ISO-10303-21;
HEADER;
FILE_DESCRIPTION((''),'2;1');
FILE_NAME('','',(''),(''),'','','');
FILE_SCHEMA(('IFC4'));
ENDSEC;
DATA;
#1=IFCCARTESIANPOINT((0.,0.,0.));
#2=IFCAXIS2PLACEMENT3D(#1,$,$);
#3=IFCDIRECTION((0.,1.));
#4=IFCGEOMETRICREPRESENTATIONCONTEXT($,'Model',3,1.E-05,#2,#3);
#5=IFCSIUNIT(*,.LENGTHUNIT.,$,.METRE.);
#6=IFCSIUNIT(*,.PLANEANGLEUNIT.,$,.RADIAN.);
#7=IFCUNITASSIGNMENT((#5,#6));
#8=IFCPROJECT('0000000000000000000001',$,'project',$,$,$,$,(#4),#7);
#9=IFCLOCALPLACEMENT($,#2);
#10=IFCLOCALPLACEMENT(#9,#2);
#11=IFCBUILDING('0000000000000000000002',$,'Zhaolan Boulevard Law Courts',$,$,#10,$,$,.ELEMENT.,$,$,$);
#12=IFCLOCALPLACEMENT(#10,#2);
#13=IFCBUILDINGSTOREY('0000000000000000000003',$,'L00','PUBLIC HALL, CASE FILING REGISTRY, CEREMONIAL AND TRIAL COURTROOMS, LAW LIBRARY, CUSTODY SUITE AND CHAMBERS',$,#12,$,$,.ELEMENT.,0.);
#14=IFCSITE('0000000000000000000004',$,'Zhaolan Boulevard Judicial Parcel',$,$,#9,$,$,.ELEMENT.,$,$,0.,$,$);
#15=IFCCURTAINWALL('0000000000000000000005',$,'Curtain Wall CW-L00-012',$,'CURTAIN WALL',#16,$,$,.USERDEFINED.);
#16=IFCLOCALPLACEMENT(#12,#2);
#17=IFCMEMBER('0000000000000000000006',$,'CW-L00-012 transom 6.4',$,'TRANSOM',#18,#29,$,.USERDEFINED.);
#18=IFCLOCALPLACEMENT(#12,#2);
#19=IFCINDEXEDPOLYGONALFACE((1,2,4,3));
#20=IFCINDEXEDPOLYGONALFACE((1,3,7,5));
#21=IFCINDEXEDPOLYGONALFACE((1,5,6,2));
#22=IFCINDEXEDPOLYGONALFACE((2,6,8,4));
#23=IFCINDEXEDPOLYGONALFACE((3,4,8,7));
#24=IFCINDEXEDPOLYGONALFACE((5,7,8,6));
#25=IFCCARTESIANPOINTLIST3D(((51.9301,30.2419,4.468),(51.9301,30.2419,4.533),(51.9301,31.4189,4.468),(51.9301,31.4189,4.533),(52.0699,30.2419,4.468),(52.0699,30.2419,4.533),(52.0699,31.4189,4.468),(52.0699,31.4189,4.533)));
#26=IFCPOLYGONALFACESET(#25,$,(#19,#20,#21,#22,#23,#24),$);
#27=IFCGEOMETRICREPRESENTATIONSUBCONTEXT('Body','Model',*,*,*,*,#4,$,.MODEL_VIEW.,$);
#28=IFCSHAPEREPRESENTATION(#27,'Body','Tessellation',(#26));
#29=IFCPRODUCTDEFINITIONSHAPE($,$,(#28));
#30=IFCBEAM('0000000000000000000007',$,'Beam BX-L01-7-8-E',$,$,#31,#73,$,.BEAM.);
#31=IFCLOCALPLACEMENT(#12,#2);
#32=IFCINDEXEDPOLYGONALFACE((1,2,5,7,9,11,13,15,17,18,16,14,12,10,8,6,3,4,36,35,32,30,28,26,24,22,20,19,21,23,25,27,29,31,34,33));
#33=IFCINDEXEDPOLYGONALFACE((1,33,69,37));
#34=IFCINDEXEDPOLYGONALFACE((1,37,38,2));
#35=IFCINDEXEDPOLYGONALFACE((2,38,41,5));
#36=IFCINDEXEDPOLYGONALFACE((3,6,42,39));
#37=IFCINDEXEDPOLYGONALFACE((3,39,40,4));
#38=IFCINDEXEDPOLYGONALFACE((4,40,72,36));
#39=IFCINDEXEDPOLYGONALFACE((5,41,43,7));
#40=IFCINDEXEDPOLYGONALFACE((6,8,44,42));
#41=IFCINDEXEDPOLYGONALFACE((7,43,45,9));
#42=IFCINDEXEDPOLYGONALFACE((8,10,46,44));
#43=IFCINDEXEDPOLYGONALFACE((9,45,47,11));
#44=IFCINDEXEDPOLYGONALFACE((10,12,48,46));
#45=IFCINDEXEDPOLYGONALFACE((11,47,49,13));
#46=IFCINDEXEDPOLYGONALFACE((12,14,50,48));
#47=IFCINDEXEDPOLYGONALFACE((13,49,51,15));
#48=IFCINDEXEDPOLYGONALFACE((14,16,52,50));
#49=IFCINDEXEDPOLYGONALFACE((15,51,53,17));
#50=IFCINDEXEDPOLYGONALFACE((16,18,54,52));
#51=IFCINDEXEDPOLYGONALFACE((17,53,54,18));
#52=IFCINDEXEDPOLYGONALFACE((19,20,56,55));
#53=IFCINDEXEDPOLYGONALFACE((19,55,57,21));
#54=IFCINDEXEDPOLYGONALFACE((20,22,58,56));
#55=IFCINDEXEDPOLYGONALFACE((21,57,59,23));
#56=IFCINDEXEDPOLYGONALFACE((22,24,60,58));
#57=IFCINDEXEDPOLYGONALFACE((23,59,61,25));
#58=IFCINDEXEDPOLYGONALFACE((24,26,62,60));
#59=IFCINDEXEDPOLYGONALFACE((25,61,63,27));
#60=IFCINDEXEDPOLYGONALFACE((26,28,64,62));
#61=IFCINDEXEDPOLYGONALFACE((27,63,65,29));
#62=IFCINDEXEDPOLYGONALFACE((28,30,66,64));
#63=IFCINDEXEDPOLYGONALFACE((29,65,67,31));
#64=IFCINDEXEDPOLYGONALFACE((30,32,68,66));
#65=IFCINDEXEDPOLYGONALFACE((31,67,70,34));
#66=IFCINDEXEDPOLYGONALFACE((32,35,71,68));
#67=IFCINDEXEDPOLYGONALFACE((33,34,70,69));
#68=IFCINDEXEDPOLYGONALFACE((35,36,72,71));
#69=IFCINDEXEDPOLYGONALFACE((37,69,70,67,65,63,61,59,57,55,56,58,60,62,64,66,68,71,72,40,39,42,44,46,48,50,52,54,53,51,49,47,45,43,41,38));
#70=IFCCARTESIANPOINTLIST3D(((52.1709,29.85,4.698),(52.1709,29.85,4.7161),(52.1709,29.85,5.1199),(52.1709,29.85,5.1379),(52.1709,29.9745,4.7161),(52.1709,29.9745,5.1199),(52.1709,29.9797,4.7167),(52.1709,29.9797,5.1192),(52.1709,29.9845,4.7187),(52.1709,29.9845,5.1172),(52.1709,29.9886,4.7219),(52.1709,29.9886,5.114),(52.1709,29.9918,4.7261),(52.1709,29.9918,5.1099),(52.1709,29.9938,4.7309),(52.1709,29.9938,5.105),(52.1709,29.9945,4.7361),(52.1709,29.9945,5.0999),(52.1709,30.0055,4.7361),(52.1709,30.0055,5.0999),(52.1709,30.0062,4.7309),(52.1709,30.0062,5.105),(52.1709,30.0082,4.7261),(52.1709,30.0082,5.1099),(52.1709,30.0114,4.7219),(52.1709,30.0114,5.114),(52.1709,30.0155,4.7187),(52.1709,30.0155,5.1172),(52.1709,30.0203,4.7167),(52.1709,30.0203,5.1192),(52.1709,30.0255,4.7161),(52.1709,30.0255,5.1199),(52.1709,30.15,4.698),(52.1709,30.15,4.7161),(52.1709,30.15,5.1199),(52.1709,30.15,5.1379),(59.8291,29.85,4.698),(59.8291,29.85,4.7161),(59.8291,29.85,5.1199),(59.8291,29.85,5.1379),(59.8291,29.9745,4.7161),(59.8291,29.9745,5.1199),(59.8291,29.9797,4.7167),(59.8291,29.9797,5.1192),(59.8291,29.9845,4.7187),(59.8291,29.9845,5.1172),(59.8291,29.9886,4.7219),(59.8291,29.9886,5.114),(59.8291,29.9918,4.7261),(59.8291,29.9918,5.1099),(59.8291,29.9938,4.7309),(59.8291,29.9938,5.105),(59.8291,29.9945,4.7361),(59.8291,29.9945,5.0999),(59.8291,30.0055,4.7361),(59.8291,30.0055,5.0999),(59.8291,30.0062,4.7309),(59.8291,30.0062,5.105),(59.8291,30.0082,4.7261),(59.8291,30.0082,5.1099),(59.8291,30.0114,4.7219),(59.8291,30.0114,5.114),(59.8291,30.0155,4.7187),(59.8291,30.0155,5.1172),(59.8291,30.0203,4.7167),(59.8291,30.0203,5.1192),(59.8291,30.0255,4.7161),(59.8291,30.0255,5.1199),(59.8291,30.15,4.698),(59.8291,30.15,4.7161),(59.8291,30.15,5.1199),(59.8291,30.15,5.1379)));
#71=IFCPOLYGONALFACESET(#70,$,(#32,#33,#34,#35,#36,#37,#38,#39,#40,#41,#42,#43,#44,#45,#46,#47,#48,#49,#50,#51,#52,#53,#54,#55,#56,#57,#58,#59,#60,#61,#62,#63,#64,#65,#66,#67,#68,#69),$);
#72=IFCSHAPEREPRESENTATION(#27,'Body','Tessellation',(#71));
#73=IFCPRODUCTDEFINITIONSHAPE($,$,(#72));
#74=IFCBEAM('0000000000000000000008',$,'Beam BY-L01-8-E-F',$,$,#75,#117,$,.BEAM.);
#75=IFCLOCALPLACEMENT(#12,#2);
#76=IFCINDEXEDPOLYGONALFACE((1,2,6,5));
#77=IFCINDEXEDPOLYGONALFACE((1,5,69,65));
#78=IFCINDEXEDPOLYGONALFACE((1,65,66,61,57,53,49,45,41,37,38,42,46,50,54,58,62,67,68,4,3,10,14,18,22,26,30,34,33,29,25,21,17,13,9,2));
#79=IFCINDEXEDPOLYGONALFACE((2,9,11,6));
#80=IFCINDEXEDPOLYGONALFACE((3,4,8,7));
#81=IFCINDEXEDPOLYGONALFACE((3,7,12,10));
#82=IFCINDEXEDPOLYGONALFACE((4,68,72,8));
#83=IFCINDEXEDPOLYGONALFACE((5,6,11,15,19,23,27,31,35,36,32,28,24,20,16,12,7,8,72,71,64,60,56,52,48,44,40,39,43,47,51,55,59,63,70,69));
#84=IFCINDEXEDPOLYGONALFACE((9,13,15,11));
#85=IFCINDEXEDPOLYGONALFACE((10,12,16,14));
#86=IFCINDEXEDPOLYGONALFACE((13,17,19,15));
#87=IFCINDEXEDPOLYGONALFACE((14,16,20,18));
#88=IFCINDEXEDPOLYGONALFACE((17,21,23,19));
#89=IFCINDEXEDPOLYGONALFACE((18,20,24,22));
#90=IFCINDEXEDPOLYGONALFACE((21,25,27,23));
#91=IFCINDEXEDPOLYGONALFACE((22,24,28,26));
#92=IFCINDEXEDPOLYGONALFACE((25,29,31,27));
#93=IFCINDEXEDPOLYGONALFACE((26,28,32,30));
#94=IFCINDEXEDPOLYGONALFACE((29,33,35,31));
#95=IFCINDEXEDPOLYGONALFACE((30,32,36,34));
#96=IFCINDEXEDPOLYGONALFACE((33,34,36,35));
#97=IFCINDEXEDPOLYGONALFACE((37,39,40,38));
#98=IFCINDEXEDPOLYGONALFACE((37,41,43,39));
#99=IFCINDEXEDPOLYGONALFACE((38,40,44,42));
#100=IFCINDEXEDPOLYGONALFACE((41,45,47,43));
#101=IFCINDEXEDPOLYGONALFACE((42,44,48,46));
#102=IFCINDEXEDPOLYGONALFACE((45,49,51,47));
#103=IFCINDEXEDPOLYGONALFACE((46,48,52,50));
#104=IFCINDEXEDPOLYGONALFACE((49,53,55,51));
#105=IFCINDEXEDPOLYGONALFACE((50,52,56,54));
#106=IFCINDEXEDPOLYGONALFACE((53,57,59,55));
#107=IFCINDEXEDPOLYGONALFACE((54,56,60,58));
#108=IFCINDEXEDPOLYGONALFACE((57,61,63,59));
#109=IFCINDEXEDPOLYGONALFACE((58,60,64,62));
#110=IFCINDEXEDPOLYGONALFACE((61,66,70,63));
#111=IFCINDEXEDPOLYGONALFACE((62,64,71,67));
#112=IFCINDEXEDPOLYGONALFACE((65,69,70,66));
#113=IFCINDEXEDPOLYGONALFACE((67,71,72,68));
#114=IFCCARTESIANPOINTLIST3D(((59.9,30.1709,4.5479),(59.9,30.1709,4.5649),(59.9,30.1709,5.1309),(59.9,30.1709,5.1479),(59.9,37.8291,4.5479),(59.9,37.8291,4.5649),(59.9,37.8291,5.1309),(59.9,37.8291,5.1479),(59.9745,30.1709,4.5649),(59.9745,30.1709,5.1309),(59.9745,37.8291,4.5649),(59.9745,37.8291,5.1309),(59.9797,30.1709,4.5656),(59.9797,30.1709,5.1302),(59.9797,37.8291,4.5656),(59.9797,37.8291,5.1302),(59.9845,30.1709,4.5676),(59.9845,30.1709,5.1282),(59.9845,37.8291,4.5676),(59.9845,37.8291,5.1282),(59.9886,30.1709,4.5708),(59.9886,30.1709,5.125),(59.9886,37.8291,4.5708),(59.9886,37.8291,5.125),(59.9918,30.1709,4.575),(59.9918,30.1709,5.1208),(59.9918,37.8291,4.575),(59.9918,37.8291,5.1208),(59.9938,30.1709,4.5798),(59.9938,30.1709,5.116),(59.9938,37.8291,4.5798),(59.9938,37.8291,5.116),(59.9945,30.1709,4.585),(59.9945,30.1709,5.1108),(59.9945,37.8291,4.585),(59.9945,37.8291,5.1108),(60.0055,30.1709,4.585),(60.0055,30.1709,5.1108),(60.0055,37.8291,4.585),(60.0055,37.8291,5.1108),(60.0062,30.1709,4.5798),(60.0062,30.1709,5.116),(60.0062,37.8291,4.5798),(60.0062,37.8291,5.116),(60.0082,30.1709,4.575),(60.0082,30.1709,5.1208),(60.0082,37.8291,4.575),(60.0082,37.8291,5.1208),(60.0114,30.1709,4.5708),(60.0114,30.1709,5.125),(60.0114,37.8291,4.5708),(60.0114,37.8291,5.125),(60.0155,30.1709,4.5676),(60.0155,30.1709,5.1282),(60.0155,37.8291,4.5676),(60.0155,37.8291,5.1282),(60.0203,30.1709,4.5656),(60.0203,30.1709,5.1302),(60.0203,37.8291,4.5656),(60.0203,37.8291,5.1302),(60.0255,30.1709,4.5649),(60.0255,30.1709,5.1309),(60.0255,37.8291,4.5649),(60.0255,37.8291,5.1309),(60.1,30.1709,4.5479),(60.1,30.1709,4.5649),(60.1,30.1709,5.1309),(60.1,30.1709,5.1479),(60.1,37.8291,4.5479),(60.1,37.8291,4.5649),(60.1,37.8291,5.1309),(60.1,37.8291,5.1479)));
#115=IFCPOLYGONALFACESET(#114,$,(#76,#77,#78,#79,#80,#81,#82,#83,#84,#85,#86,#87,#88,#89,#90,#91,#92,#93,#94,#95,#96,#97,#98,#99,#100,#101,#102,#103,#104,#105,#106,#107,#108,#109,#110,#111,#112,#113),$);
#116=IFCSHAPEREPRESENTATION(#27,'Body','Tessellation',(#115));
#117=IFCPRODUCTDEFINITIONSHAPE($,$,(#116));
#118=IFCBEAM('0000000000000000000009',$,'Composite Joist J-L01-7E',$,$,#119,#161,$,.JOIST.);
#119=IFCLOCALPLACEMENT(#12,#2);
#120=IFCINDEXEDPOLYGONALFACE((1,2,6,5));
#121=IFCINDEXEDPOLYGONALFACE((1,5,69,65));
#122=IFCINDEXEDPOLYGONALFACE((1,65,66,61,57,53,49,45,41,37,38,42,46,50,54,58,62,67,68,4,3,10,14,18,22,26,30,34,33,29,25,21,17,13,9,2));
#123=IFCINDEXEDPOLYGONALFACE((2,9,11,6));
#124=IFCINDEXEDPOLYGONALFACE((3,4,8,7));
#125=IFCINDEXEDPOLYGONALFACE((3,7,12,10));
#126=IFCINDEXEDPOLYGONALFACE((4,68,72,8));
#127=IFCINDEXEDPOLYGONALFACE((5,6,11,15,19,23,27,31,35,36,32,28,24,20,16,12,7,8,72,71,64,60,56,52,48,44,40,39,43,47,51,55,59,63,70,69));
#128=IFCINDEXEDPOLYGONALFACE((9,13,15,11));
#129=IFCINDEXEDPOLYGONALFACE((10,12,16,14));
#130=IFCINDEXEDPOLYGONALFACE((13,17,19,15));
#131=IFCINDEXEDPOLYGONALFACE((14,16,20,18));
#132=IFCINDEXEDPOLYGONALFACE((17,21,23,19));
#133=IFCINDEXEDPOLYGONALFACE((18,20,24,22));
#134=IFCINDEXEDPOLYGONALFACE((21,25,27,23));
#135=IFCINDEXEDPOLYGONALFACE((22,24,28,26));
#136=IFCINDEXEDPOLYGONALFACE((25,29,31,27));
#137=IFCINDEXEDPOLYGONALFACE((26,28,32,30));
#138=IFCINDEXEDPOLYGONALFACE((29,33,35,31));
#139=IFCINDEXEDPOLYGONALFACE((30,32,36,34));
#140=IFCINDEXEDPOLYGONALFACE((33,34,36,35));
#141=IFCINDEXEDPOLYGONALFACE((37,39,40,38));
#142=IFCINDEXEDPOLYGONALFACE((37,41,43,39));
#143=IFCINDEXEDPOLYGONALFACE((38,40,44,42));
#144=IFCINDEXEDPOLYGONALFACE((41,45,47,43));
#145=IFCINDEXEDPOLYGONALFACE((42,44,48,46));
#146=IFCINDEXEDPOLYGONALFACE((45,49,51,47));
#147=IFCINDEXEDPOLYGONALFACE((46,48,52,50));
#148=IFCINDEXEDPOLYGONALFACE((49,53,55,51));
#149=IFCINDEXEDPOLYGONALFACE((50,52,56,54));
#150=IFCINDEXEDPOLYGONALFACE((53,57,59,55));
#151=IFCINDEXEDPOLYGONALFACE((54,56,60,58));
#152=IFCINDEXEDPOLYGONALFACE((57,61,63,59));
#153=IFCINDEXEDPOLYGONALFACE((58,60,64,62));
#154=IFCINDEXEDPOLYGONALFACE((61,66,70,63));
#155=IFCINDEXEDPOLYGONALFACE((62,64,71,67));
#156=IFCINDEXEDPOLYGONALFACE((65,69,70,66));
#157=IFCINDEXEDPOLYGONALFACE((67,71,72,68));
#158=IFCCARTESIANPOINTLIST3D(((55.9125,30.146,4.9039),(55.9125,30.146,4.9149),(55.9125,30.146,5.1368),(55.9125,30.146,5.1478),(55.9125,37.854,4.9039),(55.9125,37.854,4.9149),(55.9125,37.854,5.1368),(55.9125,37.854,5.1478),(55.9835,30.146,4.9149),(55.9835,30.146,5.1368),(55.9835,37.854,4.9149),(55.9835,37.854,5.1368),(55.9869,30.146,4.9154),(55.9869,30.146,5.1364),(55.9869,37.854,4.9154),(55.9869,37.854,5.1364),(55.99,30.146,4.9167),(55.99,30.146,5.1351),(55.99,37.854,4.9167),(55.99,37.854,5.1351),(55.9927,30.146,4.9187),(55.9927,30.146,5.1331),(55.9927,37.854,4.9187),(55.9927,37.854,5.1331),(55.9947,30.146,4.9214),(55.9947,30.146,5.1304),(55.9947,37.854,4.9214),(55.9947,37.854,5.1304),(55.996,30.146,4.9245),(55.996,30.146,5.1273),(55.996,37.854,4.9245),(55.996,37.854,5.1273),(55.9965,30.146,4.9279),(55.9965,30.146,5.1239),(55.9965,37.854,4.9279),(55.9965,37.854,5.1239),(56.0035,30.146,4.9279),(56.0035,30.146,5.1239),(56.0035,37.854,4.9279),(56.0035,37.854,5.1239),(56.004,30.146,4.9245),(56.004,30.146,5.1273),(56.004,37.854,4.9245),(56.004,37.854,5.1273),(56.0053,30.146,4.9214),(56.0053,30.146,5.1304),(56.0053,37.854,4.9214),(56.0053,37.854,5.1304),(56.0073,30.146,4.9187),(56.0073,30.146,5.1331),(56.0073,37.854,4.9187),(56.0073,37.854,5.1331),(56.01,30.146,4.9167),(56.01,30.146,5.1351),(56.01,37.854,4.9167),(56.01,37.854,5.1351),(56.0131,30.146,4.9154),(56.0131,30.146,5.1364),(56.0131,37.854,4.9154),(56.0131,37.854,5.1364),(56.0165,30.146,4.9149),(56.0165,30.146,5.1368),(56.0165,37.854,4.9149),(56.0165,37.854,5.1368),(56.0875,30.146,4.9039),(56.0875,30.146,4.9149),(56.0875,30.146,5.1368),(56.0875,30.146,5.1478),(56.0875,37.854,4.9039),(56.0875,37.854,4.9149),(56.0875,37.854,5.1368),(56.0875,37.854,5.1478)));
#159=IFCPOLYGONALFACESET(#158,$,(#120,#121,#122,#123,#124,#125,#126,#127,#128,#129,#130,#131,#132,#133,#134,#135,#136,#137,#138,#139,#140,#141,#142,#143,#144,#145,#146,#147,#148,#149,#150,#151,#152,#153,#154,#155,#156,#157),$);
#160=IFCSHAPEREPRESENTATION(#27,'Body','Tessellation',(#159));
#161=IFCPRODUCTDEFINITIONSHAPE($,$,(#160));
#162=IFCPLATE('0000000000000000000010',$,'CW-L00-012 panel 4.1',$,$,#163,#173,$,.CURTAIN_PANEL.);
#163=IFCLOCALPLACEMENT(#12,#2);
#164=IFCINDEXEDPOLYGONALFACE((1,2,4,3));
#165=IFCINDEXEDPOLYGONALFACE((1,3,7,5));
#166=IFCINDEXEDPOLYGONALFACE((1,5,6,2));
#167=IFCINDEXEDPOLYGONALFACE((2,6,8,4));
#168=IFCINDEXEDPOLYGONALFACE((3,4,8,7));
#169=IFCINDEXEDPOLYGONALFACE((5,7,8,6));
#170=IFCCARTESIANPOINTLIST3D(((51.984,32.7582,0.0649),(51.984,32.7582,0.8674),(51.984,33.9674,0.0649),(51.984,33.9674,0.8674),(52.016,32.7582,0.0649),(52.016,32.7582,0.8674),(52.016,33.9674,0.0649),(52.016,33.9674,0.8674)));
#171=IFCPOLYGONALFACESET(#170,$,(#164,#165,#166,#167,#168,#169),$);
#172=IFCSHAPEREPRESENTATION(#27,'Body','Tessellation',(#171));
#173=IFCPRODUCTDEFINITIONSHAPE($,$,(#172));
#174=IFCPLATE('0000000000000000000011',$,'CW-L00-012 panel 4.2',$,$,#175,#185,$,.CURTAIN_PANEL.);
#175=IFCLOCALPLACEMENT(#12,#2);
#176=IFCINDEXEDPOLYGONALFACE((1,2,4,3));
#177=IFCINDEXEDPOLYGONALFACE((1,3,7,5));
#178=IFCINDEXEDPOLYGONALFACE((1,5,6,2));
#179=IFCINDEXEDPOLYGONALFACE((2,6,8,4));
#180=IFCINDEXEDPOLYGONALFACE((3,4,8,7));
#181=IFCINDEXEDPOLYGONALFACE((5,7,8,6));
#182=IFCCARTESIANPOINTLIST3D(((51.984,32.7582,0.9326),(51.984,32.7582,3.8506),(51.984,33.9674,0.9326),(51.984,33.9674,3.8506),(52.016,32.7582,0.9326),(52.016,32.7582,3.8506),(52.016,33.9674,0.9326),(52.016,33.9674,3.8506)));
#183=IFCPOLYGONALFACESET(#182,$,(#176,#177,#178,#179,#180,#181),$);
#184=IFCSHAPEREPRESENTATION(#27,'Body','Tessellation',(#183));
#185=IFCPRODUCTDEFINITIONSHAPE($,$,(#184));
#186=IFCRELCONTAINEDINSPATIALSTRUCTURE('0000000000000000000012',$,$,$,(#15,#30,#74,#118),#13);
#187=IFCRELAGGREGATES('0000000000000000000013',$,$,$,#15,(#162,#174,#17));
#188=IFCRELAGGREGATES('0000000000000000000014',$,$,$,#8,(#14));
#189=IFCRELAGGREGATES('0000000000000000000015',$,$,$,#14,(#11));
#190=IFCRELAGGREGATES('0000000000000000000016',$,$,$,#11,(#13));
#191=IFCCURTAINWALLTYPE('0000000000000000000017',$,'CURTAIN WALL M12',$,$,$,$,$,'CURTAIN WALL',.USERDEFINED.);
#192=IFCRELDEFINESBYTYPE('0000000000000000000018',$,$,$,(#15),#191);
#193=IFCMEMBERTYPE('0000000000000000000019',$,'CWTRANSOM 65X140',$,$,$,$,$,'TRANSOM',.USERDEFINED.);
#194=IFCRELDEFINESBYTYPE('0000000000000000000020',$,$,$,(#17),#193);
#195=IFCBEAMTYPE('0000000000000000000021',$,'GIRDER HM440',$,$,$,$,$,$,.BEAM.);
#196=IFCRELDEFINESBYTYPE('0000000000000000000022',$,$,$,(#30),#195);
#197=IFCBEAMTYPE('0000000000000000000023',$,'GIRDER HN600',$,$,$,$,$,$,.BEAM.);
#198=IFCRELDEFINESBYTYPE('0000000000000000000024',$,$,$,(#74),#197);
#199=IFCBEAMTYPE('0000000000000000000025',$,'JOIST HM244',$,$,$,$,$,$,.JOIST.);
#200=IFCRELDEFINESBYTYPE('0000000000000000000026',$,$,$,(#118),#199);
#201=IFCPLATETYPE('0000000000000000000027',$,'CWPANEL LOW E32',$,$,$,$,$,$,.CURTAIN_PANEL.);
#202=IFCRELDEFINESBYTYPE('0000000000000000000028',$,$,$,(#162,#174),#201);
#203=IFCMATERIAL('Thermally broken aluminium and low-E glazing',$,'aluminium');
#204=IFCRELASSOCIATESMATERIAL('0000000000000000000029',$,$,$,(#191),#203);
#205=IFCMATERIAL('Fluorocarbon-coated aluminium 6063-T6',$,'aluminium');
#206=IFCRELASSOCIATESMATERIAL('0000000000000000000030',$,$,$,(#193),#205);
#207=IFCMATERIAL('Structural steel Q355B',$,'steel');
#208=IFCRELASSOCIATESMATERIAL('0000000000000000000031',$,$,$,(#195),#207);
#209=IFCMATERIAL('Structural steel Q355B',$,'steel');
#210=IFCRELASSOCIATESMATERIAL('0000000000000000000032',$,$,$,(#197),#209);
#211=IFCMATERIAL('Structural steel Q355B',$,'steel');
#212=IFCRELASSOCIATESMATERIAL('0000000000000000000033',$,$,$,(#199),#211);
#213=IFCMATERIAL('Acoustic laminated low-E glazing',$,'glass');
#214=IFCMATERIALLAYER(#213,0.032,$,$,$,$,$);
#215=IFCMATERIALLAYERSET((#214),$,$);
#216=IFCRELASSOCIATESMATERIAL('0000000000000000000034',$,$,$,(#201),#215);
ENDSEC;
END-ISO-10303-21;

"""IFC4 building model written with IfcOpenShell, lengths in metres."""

from ifc_helpers import new_model, si_unit, direction, frame, origin, origin_2d, place, context, subcontext, project, spatial, rectangle, i_section, extrude, material, layer, layer_set, material_profile, profile_set, type_object, element, aggregate, save


model = new_model("IFC4")

# Units and contexts
model_context = context("Model", 3, precision=1e-05, world=origin(), true_north=direction((0.0, 1.0)))
body_context = subcontext(model_context, "Body", "Model", "MODEL_VIEW")
ifc_project = project(units=[si_unit("LENGTHUNIT", "METRE"), si_unit("PLANEANGLEUNIT", "RADIAN")], contexts=[model_context])

# Site, building, storey
site_placement = place(None, origin())
site = spatial("IfcSite", under=ifc_project, at=site_placement, Name="Zhaolan Boulevard Judicial Parcel", CompositionType="ELEMENT", RefElevation=0.0)
building_placement = place(site_placement, origin())
building = spatial("IfcBuilding", under=site, at=building_placement, Name="Zhaolan Boulevard Law Courts", CompositionType="ELEMENT")
storey_placement = place(building_placement, origin())
storey = spatial("IfcBuildingStorey", under=building, at=storey_placement, Name="L00", Description="PUBLIC HALL, CASE FILING REGISTRY, CEREMONIAL AND TRIAL COURTROOMS, LAW LIBRARY, CUSTODY SUITE AND CHAMBERS", CompositionType="ELEMENT", Elevation=0.0)

# Curtain wall, member
ifc_material_1 = material(Name="Thermally broken aluminium and low-E glazing", Category="aluminium")
curtain_wall_type = type_object("IfcCurtainWallType", Name="CURTAIN WALL M12", ElementType="CURTAIN WALL", PredefinedType="USERDEFINED", material=ifc_material_1)
curtain_wall_placement = place(storey_placement, origin())
curtain_wall = element("IfcCurtainWall", 1, at=curtain_wall_placement, inside=storey, type_object=curtain_wall_type, Name="Curtain Wall CW-L00-012", ObjectType="CURTAIN WALL", PredefinedType="USERDEFINED")
ifc_material_2 = material(Name="Fluorocarbon-coated aluminium 6063-T6", Category="aluminium")
ifc_material_profile_1 = material_profile(ifc_material_2, rectangle(XDim=0.1399, YDim=0.0649, at=origin_2d()), Name="AL65x140")
ifc_profile_set_1 = profile_set([ifc_material_profile_1], Name="Fluorocarbon-coated aluminium 6063-T6")
member_type_1 = type_object("IfcMemberType", Name="CWTRANSOM 65X140", ElementType="TRANSOM", PredefinedType="USERDEFINED", material=ifc_profile_set_1)
member_1_placement = place(storey_placement, frame((52.0, 31.4189, 4.5005), z_axis=(0.0, -1.0, 0.0), x_axis=(1.0, 0.0, 0.0)))
member_1 = element("IfcMember", 2, at=member_1_placement, type_object=member_type_1, Name="CW-L00-012 transom 6.4", ObjectType="TRANSOM", PredefinedType="USERDEFINED", context=body_context, shape_type="SweptSolid", body=[
    extrude(rectangle(XDim=0.1399, YDim=0.0649, at=origin_2d()), origin(), (0.0, 0.0, 1.0), 1.177),
])

# Beams
ifc_material_3 = material(Name="Structural steel Q355B", Category="steel")
ifc_material_profile_2 = material_profile(ifc_material_3, i_section(OverallWidth=0.3, OverallDepth=0.4399, WebThickness=0.011, FlangeThickness=0.0181, FilletRadius=0.02, at=origin_2d()), Name="HM440x300")
ifc_profile_set_2 = profile_set([ifc_material_profile_2], Name="Structural steel Q355B")
beam_type_1 = type_object("IfcBeamType", Name="GIRDER HM440", PredefinedType="BEAM", material=ifc_profile_set_2)
beam_1_placement = place(storey_placement, frame((52.1709, 30.0, 4.918), z_axis=(1.0, 0.0, 0.0), x_axis=(0.0, 1.0, 0.0)))
element("IfcBeam", 3, at=beam_1_placement, inside=storey, type_object=beam_type_1, Name="Beam BX-L01-7-8-E", PredefinedType="BEAM", context=body_context, shape_type="SweptSolid", body=[
    extrude(i_section(OverallWidth=0.3, OverallDepth=0.4399, WebThickness=0.011, FlangeThickness=0.0181, FilletRadius=0.02, at=origin_2d()), origin(), (0.0, 0.0, 1.0), 7.6582),
])
ifc_material_4 = material(Name="Structural steel Q355B", Category="steel")
ifc_material_profile_3 = material_profile(ifc_material_4, i_section(OverallWidth=0.2, OverallDepth=0.6001, WebThickness=0.011, FlangeThickness=0.0171, FilletRadius=0.02, at=origin_2d()), Name="HN600x200")
ifc_profile_set_3 = profile_set([ifc_material_profile_3], Name="Structural steel Q355B")
beam_type_2 = type_object("IfcBeamType", Name="GIRDER HN600", PredefinedType="BEAM", material=ifc_profile_set_3)
beam_2_placement = place(storey_placement, frame((60.0, 30.1709, 4.8479), z_axis=(0.0, 1.0, 0.0), x_axis=(-1.0, 0.0, 0.0)))
element("IfcBeam", 4, at=beam_2_placement, inside=storey, type_object=beam_type_2, Name="Beam BY-L01-8-E-F", PredefinedType="BEAM", context=body_context, shape_type="SweptSolid", body=[
    extrude(i_section(OverallWidth=0.2, OverallDepth=0.6001, WebThickness=0.011, FlangeThickness=0.0171, FilletRadius=0.02, at=origin_2d()), origin(), (0.0, 0.0, 1.0), 7.6582),
])
ifc_material_5 = material(Name="Structural steel Q355B", Category="steel")
ifc_material_profile_4 = material_profile(ifc_material_5, i_section(OverallWidth=0.175, OverallDepth=0.2439, WebThickness=0.0071, FlangeThickness=0.011, FilletRadius=0.0129, at=origin_2d()), Name="HM244x175")
ifc_profile_set_4 = profile_set([ifc_material_profile_4], Name="Structural steel Q355B")
beam_type_3 = type_object("IfcBeamType", Name="JOIST HM244", PredefinedType="JOIST", material=ifc_profile_set_4)
beam_3_placement = place(storey_placement, frame((56.0, 30.146, 5.0259), z_axis=(0.0, 1.0, 0.0), x_axis=(-1.0, 0.0, 0.0)))
element("IfcBeam", 5, at=beam_3_placement, inside=storey, type_object=beam_type_3, Name="Composite Joist J-L01-7E", PredefinedType="JOIST", context=body_context, shape_type="SweptSolid", body=[
    extrude(i_section(OverallWidth=0.175, OverallDepth=0.2439, WebThickness=0.0071, FlangeThickness=0.011, FilletRadius=0.0129, at=origin_2d()), origin(), (0.0, 0.0, 1.0), 7.708),
])

# Plates
ifc_material_6 = material(Name="Acoustic laminated low-E glazing", Category="glass")
ifc_layer_1 = layer(ifc_material_6, 0.032)
ifc_layer_set_1 = layer_set([ifc_layer_1])
plate_type = type_object("IfcPlateType", Name="CWPANEL LOW E32", PredefinedType="CURTAIN_PANEL", material=ifc_layer_set_1)
plate_1_placement = place(storey_placement, frame((52.0, 33.3628, 0.0649), z_axis=(0.0, 0.0, 1.0), x_axis=(0.0, -1.0, 0.0)))
plate_1 = element("IfcPlate", 6, at=plate_1_placement, type_object=plate_type, Name="CW-L00-012 panel 4.1", PredefinedType="CURTAIN_PANEL", context=body_context, shape_type="SweptSolid", body=[
    extrude(rectangle(XDim=1.2092, YDim=0.032, at=origin_2d()), origin(), (0.0, 0.0, 1.0), 0.8025),
])
plate_2_placement = place(storey_placement, frame((52.0, 33.3628, 0.9326), z_axis=(0.0, 0.0, 1.0), x_axis=(0.0, -1.0, 0.0)))
plate_2 = element("IfcPlate", 7, at=plate_2_placement, type_object=plate_type, Name="CW-L00-012 panel 4.2", PredefinedType="CURTAIN_PANEL", context=body_context, shape_type="SweptSolid", body=[
    extrude(rectangle(XDim=1.2092, YDim=0.032, at=origin_2d()), origin(), (0.0, 0.0, 1.0), 2.918),
])
aggregate(curtain_wall, [plate_1, plate_2, member_1])

save(model, "model.ifc")
